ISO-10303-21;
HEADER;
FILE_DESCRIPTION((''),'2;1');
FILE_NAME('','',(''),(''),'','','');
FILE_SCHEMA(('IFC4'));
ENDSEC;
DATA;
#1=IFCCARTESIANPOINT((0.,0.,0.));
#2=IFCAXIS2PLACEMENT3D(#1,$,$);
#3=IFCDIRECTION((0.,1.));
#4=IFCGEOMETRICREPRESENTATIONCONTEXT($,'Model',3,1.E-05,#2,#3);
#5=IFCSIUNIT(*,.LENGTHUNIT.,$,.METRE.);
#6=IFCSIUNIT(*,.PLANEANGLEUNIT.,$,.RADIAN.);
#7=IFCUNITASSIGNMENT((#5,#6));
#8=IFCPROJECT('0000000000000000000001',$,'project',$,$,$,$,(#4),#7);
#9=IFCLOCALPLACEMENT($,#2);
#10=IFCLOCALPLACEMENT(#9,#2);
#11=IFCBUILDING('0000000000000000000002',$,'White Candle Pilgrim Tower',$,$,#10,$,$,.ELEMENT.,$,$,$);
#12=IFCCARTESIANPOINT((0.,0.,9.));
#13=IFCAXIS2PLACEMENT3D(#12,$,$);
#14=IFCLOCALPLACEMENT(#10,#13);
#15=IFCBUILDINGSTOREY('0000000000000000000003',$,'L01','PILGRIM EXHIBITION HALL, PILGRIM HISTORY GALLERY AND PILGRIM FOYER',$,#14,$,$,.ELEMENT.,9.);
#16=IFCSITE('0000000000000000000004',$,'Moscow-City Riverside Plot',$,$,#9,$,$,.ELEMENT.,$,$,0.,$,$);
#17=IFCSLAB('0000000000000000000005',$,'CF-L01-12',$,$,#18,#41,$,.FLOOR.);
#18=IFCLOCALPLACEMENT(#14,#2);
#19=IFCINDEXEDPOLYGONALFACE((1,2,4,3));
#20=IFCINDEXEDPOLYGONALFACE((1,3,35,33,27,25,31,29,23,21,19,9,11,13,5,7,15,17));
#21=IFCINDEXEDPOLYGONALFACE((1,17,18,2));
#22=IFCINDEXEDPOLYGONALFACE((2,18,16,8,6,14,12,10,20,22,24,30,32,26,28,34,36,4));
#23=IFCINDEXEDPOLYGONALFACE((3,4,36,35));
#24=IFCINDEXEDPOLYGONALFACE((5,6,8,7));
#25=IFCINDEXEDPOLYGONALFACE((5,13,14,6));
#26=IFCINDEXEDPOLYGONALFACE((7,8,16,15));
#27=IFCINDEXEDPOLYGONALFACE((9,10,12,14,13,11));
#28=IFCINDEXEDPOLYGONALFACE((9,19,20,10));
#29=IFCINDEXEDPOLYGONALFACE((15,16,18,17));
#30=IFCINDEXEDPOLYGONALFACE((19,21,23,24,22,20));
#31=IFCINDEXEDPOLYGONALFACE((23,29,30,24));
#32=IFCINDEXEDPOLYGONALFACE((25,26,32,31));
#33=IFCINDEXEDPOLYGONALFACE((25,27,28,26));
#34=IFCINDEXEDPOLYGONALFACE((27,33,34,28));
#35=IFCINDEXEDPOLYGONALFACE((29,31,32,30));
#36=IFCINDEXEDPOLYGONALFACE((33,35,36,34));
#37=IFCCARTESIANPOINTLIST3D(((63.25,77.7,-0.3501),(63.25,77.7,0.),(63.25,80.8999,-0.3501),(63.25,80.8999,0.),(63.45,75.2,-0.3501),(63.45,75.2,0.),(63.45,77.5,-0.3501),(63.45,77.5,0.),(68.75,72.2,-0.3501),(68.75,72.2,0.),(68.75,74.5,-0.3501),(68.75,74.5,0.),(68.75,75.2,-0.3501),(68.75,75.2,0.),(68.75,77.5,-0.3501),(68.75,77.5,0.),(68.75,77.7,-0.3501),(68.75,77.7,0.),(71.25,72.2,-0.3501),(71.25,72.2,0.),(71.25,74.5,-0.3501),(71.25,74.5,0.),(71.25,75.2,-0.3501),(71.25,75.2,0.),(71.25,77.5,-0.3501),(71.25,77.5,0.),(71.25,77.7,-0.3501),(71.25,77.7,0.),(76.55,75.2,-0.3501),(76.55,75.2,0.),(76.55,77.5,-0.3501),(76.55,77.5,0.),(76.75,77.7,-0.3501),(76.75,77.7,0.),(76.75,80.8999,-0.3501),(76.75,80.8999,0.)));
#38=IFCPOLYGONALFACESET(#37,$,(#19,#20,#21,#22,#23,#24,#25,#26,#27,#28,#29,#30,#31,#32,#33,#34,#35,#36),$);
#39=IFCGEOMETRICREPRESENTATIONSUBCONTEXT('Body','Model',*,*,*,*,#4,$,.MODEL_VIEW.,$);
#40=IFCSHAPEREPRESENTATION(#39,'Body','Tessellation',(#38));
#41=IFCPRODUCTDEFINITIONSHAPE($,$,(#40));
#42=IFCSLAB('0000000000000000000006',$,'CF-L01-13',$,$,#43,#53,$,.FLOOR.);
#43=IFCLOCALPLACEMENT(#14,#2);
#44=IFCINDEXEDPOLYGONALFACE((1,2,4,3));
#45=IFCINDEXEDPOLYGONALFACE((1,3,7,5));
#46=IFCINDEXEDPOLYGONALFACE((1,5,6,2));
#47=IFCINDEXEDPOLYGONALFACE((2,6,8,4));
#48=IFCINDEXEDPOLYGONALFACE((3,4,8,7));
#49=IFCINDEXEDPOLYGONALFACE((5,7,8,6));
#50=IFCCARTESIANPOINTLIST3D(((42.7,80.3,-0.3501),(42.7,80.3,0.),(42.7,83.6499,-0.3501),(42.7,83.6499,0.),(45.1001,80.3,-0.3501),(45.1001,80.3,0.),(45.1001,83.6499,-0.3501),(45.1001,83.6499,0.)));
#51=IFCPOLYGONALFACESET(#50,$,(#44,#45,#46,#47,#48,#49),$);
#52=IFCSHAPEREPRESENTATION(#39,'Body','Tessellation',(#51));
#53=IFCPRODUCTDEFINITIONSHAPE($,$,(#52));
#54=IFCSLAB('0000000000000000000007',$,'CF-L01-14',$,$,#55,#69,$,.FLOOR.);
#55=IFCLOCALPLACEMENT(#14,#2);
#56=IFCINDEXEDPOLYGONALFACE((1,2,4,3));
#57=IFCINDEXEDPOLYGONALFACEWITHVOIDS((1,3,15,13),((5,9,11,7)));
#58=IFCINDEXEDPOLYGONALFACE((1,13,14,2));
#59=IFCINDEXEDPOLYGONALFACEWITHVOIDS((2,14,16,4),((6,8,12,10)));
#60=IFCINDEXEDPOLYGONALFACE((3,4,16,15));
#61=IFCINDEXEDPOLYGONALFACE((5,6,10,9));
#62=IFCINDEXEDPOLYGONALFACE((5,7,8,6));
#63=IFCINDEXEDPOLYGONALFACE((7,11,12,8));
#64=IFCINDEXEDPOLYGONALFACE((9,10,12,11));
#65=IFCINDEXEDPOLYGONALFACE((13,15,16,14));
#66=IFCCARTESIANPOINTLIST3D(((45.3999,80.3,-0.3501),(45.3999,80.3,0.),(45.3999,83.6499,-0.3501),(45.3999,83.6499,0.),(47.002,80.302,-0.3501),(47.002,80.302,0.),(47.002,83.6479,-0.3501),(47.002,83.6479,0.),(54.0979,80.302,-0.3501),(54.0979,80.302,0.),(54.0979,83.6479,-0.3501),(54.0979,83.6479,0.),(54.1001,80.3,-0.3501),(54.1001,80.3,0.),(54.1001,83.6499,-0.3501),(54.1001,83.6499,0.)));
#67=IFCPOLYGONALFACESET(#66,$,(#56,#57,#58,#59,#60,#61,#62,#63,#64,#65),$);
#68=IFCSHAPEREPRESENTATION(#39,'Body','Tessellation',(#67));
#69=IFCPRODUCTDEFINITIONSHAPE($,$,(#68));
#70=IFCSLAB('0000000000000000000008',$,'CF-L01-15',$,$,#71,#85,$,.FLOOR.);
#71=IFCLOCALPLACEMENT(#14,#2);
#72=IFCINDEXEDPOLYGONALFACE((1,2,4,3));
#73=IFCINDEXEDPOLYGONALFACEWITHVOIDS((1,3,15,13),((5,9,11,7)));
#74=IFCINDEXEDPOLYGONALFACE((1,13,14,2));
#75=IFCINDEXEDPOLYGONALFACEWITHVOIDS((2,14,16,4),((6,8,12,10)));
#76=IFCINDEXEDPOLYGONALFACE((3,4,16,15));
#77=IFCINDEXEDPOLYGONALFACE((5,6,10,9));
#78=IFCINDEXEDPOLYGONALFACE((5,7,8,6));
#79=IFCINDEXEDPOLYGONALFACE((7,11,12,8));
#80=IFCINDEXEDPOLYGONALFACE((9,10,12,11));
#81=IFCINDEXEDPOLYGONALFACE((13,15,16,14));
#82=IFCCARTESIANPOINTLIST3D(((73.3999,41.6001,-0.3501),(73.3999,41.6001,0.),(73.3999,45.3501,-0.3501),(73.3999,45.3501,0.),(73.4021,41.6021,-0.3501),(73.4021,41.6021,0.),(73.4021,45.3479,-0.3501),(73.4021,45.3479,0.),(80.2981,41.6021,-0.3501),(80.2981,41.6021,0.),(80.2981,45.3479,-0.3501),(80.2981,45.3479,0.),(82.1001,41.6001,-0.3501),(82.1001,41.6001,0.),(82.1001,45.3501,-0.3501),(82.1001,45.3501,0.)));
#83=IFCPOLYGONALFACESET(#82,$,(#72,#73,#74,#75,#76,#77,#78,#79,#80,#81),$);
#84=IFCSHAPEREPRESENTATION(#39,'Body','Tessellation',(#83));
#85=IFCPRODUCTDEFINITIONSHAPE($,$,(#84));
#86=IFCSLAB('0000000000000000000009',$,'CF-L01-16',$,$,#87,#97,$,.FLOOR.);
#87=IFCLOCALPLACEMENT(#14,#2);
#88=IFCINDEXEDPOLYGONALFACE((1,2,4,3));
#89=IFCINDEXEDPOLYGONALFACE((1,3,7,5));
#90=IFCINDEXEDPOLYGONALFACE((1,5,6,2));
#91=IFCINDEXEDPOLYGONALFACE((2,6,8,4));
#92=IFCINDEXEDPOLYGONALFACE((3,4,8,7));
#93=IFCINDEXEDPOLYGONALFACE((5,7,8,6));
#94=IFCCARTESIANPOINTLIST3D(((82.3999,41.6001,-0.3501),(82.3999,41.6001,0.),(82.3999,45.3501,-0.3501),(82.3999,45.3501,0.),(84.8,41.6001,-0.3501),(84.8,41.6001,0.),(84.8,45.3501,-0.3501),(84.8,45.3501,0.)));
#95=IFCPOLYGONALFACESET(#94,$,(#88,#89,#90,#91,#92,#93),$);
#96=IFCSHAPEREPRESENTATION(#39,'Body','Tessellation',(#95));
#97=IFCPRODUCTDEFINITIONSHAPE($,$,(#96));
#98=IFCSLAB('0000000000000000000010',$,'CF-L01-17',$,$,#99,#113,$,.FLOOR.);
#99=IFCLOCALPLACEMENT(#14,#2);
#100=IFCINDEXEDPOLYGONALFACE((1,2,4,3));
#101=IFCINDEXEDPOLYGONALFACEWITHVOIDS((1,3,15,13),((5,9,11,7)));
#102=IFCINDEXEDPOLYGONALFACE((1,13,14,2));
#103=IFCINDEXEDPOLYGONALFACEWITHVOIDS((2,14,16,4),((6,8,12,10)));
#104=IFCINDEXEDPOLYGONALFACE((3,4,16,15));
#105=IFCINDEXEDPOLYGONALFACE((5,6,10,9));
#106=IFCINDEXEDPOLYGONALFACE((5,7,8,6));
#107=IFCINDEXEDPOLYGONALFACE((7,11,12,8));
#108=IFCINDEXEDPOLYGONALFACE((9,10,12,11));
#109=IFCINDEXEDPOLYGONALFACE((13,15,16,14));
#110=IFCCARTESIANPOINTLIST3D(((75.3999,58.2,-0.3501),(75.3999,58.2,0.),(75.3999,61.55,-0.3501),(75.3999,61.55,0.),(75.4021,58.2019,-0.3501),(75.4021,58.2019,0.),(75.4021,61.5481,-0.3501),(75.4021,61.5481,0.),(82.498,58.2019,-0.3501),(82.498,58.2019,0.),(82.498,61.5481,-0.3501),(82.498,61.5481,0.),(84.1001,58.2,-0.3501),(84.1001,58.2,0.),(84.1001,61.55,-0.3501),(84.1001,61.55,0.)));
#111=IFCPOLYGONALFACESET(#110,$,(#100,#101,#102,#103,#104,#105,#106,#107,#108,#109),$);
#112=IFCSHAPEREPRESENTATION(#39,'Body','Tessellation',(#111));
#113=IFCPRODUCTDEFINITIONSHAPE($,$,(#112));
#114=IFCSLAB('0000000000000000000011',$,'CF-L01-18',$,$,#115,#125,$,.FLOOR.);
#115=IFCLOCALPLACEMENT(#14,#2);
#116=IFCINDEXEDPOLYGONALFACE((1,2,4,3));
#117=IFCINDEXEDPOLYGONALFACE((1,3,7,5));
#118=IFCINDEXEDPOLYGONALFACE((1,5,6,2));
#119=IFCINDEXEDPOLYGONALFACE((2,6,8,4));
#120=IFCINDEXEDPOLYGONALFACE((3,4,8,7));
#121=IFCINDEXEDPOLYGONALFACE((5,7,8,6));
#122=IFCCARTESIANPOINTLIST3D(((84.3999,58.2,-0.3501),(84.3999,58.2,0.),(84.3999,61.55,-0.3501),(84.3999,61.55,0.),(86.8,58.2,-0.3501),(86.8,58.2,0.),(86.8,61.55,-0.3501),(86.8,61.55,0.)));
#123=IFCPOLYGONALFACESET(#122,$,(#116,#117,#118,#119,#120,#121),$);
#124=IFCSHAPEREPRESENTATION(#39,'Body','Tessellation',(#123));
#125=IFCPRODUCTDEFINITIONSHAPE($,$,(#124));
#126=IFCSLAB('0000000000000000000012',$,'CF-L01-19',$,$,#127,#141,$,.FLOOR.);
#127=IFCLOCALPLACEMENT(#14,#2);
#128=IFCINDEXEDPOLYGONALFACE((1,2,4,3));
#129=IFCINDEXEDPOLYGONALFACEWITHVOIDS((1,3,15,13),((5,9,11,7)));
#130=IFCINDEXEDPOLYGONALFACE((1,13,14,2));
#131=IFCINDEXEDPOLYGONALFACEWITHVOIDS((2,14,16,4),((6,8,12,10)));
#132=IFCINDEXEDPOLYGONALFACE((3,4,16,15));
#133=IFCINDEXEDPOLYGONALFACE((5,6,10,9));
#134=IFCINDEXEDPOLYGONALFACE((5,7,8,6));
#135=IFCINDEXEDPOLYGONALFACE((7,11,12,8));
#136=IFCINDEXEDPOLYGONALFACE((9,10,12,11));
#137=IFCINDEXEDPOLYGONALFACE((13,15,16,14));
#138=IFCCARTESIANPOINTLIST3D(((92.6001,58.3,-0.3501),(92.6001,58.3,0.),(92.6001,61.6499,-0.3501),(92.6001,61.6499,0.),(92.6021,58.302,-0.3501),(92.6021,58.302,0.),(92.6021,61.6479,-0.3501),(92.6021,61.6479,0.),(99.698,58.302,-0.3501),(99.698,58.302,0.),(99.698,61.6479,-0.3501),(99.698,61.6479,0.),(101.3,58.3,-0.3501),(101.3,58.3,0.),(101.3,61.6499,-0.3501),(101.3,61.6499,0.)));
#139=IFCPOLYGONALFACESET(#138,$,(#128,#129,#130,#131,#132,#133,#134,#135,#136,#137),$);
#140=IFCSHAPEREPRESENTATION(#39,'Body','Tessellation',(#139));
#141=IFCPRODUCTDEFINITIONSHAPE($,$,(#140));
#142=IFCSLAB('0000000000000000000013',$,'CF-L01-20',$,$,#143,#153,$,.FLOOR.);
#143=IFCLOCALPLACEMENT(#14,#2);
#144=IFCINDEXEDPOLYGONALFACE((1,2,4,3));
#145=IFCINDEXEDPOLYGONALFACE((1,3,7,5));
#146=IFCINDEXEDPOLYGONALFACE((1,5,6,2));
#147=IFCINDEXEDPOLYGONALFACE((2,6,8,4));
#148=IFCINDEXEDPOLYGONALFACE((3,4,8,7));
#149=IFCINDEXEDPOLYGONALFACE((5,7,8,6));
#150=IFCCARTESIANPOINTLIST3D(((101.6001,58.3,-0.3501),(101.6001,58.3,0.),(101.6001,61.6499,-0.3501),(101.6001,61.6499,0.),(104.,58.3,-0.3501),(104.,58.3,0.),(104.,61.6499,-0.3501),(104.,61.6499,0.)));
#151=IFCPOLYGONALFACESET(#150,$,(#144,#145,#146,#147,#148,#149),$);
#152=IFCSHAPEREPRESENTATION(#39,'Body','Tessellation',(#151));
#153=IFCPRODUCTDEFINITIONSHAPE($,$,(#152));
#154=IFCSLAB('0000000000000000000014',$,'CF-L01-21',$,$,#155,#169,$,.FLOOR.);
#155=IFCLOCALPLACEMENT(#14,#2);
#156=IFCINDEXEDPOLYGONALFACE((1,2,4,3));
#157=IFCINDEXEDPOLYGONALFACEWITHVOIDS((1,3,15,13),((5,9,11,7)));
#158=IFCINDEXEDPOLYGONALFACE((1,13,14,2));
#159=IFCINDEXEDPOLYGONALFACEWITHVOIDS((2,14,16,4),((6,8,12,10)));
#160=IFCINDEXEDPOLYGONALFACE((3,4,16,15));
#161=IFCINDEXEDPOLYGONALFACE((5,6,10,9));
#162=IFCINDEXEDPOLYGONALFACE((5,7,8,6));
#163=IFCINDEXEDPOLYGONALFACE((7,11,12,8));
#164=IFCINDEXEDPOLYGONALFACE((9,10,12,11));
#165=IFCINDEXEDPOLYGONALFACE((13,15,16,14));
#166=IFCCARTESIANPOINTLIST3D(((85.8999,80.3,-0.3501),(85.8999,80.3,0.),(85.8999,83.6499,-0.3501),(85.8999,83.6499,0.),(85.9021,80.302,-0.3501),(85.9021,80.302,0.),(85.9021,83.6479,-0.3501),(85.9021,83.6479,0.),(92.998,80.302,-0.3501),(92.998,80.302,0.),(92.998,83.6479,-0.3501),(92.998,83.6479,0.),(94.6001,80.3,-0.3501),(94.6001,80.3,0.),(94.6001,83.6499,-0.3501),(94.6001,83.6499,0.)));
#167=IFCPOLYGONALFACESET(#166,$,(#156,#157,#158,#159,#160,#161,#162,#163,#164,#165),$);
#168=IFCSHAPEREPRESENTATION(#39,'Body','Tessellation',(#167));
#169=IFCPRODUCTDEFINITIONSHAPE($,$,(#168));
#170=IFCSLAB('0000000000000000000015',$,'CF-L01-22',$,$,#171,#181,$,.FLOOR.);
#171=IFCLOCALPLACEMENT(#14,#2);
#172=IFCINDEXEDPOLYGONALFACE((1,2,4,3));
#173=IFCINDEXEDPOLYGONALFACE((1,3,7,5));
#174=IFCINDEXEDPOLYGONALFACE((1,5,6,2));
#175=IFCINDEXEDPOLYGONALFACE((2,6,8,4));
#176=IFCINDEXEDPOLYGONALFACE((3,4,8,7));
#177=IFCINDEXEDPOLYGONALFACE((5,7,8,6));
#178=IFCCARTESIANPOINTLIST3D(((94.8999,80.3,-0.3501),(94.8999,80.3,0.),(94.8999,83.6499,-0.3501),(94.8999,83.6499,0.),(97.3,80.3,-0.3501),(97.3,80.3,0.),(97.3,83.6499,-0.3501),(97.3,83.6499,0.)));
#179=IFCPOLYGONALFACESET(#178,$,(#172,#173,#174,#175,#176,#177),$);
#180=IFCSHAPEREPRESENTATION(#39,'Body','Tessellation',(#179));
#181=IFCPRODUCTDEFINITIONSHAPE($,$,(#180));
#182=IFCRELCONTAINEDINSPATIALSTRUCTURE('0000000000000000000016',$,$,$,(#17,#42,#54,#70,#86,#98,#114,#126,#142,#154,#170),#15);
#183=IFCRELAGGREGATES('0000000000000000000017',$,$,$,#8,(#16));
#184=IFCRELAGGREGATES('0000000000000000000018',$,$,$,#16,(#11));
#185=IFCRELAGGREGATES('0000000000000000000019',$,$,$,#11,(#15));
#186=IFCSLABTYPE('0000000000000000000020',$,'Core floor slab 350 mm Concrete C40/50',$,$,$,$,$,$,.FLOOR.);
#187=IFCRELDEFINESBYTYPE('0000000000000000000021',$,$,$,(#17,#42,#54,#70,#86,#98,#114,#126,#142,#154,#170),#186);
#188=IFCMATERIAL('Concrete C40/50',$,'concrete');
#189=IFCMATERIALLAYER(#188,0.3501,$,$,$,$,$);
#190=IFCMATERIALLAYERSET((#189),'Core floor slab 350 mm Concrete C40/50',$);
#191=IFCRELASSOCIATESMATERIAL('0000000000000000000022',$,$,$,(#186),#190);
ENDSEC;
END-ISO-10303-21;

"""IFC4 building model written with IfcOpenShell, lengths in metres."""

from ifc_helpers import new_model, si_unit, direction, frame, origin, place, context, subcontext, project, spatial, polyline, outline, extrude, material, layer, layer_set, type_object, element, save


model = new_model("IFC4")

# Units and contexts
model_context = context("Model", 3, precision=1e-05, world=origin(), true_north=direction((0.0, 1.0)))
body_context = subcontext(model_context, "Body", "Model", "MODEL_VIEW")
ifc_project = project(units=[si_unit("LENGTHUNIT", "METRE"), si_unit("PLANEANGLEUNIT", "RADIAN")], contexts=[model_context])

# Site, building, storey
site_placement = place(None, origin())
site = spatial("IfcSite", under=ifc_project, at=site_placement, Name="Moscow-City Riverside Plot", CompositionType="ELEMENT", RefElevation=0.0)
building_placement = place(site_placement, origin())
building = spatial("IfcBuilding", under=site, at=building_placement, Name="White Candle Pilgrim Tower", CompositionType="ELEMENT")
storey_placement = place(building_placement, frame((0.0, 0.0, 9.0)))
storey = spatial("IfcBuildingStorey", under=building, at=storey_placement, Name="L01", Description="PILGRIM EXHIBITION HALL, PILGRIM HISTORY GALLERY AND PILGRIM FOYER", CompositionType="ELEMENT", Elevation=9.0)

# Slabs
ifc_material = material(Name="Concrete C40/50", Category="concrete")
ifc_layer_1 = layer(ifc_material, 0.3501)
ifc_layer_set_1 = layer_set([ifc_layer_1], Name="Core floor slab 350 mm Concrete C40/50")
slab_type_1 = type_object("IfcSlabType", Name="Core floor slab 350 mm Concrete C40/50", PredefinedType="FLOOR", material=ifc_layer_set_1)
slab_1_placement = place(storey_placement, frame((0.0, 0.0, -0.3501)))
element("IfcSlab", 1, at=slab_1_placement, inside=storey, type_object=slab_type_1, Name="CF-L01-12", PredefinedType="FLOOR", context=body_context, shape_type="SweptSolid", body=[
    extrude(outline(polyline([(68.75, 72.2), (68.75, 74.5), (68.75, 75.2), (63.45, 75.2), (63.45, 77.5), (68.75, 77.5), (68.75, 77.7), (63.25, 77.7), (63.25, 80.8999), (76.75, 80.8999), (76.75, 77.7), (71.25, 77.7), (71.25, 77.5), (76.55, 77.5), (76.55, 75.2), (71.25, 75.2), (71.25, 74.5), (71.25, 72.2), (68.75, 72.2)])), origin(), (0.0, 0.0, 1.0), 0.3501),
])
slab_2_placement = place(storey_placement, frame((0.0, 0.0, -0.3501)))
element("IfcSlab", 2, at=slab_2_placement, inside=storey, type_object=slab_type_1, Name="CF-L01-13", PredefinedType="FLOOR", context=body_context, shape_type="SweptSolid", body=[
    extrude(outline(polyline([(45.1001, 83.6499), (45.1001, 80.3), (42.7, 80.3), (42.7, 83.6499), (45.1001, 83.6499)])), origin(), (0.0, 0.0, 1.0), 0.3501),
])
slab_3_placement = place(storey_placement, frame((0.0, 0.0, -0.3501)))
element("IfcSlab", 3, at=slab_3_placement, inside=storey, type_object=slab_type_1, Name="CF-L01-14", PredefinedType="FLOOR", context=body_context, shape_type="SweptSolid", body=[
    extrude(outline(polyline([(54.1001, 83.6499), (54.1001, 80.3), (45.3999, 80.3), (45.3999, 83.6499), (54.1001, 83.6499)]), holes=[polyline([(54.0979, 83.6479), (47.002, 83.6479), (47.002, 80.302), (54.0979, 80.302), (54.0979, 83.6479)])]), origin(), (0.0, 0.0, 1.0), 0.3501),
])
slab_4_placement = place(storey_placement, frame((0.0, 0.0, -0.3501)))
element("IfcSlab", 4, at=slab_4_placement, inside=storey, type_object=slab_type_1, Name="CF-L01-15", PredefinedType="FLOOR", context=body_context, shape_type="SweptSolid", body=[
    extrude(outline(polyline([(82.1001, 41.6001), (73.3999, 41.6001), (73.3999, 45.3501), (82.1001, 45.3501), (82.1001, 41.6001)]), holes=[polyline([(73.4021, 41.6021), (80.2981, 41.6021), (80.2981, 45.3479), (73.4021, 45.3479), (73.4021, 41.6021)])]), origin(), (0.0, 0.0, 1.0), 0.3501),
])
slab_5_placement = place(storey_placement, frame((0.0, 0.0, -0.3501)))
element("IfcSlab", 5, at=slab_5_placement, inside=storey, type_object=slab_type_1, Name="CF-L01-16", PredefinedType="FLOOR", context=body_context, shape_type="SweptSolid", body=[
    extrude(outline(polyline([(84.8, 41.6001), (82.3999, 41.6001), (82.3999, 45.3501), (84.8, 45.3501), (84.8, 41.6001)])), origin(), (0.0, 0.0, 1.0), 0.3501),
])
slab_6_placement = place(storey_placement, frame((0.0, 0.0, -0.3501)))
element("IfcSlab", 6, at=slab_6_placement, inside=storey, type_object=slab_type_1, Name="CF-L01-17", PredefinedType="FLOOR", context=body_context, shape_type="SweptSolid", body=[
    extrude(outline(polyline([(75.3999, 61.55), (84.1001, 61.55), (84.1001, 58.2), (75.3999, 58.2), (75.3999, 61.55)]), holes=[polyline([(75.4021, 58.2019), (82.498, 58.2019), (82.498, 61.5481), (75.4021, 61.5481), (75.4021, 58.2019)])]), origin(), (0.0, 0.0, 1.0), 0.3501),
])
slab_7_placement = place(storey_placement, frame((0.0, 0.0, -0.3501)))
element("IfcSlab", 7, at=slab_7_placement, inside=storey, type_object=slab_type_1, Name="CF-L01-18", PredefinedType="FLOOR", context=body_context, shape_type="SweptSolid", body=[
    extrude(outline(polyline([(84.3999, 61.55), (86.8, 61.55), (86.8, 58.2), (84.3999, 58.2), (84.3999, 61.55)])), origin(), (0.0, 0.0, 1.0), 0.3501),
])
slab_8_placement = place(storey_placement, frame((0.0, 0.0, -0.3501)))
element("IfcSlab", 8, at=slab_8_placement, inside=storey, type_object=slab_type_1, Name="CF-L01-19", PredefinedType="FLOOR", context=body_context, shape_type="SweptSolid", body=[
    extrude(outline(polyline([(92.6001, 61.6499), (101.3, 61.6499), (101.3, 58.3), (92.6001, 58.3), (92.6001, 61.6499)]), holes=[polyline([(92.6021, 58.302), (99.698, 58.302), (99.698, 61.6479), (92.6021, 61.6479), (92.6021, 58.302)])]), origin(), (0.0, 0.0, 1.0), 0.3501),
])
slab_9_placement = place(storey_placement, frame((0.0, 0.0, -0.3501)))
element("IfcSlab", 9, at=slab_9_placement, inside=storey, type_object=slab_type_1, Name="CF-L01-20", PredefinedType="FLOOR", context=body_context, shape_type="SweptSolid", body=[
    extrude(outline(polyline([(101.6001, 61.6499), (104.0, 61.6499), (104.0, 58.3), (101.6001, 58.3), (101.6001, 61.6499)])), origin(), (0.0, 0.0, 1.0), 0.3501),
])
slab_10_placement = place(storey_placement, frame((0.0, 0.0, -0.3501)))
element("IfcSlab", 10, at=slab_10_placement, inside=storey, type_object=slab_type_1, Name="CF-L01-21", PredefinedType="FLOOR", context=body_context, shape_type="SweptSolid", body=[
    extrude(outline(polyline([(94.6001, 83.6499), (94.6001, 80.3), (85.8999, 80.3), (85.8999, 83.6499), (94.6001, 83.6499)]), holes=[polyline([(85.9021, 80.302), (92.998, 80.302), (92.998, 83.6479), (85.9021, 83.6479), (85.9021, 80.302)])]), origin(), (0.0, 0.0, 1.0), 0.3501),
])
slab_11_placement = place(storey_placement, frame((0.0, 0.0, -0.3501)))
element("IfcSlab", 11, at=slab_11_placement, inside=storey, type_object=slab_type_1, Name="CF-L01-22", PredefinedType="FLOOR", context=body_context, shape_type="SweptSolid", body=[
    extrude(outline(polyline([(97.3, 83.6499), (97.3, 80.3), (94.8999, 80.3), (94.8999, 83.6499), (97.3, 83.6499)])), origin(), (0.0, 0.0, 1.0), 0.3501),
])

save(model, "model.ifc")
